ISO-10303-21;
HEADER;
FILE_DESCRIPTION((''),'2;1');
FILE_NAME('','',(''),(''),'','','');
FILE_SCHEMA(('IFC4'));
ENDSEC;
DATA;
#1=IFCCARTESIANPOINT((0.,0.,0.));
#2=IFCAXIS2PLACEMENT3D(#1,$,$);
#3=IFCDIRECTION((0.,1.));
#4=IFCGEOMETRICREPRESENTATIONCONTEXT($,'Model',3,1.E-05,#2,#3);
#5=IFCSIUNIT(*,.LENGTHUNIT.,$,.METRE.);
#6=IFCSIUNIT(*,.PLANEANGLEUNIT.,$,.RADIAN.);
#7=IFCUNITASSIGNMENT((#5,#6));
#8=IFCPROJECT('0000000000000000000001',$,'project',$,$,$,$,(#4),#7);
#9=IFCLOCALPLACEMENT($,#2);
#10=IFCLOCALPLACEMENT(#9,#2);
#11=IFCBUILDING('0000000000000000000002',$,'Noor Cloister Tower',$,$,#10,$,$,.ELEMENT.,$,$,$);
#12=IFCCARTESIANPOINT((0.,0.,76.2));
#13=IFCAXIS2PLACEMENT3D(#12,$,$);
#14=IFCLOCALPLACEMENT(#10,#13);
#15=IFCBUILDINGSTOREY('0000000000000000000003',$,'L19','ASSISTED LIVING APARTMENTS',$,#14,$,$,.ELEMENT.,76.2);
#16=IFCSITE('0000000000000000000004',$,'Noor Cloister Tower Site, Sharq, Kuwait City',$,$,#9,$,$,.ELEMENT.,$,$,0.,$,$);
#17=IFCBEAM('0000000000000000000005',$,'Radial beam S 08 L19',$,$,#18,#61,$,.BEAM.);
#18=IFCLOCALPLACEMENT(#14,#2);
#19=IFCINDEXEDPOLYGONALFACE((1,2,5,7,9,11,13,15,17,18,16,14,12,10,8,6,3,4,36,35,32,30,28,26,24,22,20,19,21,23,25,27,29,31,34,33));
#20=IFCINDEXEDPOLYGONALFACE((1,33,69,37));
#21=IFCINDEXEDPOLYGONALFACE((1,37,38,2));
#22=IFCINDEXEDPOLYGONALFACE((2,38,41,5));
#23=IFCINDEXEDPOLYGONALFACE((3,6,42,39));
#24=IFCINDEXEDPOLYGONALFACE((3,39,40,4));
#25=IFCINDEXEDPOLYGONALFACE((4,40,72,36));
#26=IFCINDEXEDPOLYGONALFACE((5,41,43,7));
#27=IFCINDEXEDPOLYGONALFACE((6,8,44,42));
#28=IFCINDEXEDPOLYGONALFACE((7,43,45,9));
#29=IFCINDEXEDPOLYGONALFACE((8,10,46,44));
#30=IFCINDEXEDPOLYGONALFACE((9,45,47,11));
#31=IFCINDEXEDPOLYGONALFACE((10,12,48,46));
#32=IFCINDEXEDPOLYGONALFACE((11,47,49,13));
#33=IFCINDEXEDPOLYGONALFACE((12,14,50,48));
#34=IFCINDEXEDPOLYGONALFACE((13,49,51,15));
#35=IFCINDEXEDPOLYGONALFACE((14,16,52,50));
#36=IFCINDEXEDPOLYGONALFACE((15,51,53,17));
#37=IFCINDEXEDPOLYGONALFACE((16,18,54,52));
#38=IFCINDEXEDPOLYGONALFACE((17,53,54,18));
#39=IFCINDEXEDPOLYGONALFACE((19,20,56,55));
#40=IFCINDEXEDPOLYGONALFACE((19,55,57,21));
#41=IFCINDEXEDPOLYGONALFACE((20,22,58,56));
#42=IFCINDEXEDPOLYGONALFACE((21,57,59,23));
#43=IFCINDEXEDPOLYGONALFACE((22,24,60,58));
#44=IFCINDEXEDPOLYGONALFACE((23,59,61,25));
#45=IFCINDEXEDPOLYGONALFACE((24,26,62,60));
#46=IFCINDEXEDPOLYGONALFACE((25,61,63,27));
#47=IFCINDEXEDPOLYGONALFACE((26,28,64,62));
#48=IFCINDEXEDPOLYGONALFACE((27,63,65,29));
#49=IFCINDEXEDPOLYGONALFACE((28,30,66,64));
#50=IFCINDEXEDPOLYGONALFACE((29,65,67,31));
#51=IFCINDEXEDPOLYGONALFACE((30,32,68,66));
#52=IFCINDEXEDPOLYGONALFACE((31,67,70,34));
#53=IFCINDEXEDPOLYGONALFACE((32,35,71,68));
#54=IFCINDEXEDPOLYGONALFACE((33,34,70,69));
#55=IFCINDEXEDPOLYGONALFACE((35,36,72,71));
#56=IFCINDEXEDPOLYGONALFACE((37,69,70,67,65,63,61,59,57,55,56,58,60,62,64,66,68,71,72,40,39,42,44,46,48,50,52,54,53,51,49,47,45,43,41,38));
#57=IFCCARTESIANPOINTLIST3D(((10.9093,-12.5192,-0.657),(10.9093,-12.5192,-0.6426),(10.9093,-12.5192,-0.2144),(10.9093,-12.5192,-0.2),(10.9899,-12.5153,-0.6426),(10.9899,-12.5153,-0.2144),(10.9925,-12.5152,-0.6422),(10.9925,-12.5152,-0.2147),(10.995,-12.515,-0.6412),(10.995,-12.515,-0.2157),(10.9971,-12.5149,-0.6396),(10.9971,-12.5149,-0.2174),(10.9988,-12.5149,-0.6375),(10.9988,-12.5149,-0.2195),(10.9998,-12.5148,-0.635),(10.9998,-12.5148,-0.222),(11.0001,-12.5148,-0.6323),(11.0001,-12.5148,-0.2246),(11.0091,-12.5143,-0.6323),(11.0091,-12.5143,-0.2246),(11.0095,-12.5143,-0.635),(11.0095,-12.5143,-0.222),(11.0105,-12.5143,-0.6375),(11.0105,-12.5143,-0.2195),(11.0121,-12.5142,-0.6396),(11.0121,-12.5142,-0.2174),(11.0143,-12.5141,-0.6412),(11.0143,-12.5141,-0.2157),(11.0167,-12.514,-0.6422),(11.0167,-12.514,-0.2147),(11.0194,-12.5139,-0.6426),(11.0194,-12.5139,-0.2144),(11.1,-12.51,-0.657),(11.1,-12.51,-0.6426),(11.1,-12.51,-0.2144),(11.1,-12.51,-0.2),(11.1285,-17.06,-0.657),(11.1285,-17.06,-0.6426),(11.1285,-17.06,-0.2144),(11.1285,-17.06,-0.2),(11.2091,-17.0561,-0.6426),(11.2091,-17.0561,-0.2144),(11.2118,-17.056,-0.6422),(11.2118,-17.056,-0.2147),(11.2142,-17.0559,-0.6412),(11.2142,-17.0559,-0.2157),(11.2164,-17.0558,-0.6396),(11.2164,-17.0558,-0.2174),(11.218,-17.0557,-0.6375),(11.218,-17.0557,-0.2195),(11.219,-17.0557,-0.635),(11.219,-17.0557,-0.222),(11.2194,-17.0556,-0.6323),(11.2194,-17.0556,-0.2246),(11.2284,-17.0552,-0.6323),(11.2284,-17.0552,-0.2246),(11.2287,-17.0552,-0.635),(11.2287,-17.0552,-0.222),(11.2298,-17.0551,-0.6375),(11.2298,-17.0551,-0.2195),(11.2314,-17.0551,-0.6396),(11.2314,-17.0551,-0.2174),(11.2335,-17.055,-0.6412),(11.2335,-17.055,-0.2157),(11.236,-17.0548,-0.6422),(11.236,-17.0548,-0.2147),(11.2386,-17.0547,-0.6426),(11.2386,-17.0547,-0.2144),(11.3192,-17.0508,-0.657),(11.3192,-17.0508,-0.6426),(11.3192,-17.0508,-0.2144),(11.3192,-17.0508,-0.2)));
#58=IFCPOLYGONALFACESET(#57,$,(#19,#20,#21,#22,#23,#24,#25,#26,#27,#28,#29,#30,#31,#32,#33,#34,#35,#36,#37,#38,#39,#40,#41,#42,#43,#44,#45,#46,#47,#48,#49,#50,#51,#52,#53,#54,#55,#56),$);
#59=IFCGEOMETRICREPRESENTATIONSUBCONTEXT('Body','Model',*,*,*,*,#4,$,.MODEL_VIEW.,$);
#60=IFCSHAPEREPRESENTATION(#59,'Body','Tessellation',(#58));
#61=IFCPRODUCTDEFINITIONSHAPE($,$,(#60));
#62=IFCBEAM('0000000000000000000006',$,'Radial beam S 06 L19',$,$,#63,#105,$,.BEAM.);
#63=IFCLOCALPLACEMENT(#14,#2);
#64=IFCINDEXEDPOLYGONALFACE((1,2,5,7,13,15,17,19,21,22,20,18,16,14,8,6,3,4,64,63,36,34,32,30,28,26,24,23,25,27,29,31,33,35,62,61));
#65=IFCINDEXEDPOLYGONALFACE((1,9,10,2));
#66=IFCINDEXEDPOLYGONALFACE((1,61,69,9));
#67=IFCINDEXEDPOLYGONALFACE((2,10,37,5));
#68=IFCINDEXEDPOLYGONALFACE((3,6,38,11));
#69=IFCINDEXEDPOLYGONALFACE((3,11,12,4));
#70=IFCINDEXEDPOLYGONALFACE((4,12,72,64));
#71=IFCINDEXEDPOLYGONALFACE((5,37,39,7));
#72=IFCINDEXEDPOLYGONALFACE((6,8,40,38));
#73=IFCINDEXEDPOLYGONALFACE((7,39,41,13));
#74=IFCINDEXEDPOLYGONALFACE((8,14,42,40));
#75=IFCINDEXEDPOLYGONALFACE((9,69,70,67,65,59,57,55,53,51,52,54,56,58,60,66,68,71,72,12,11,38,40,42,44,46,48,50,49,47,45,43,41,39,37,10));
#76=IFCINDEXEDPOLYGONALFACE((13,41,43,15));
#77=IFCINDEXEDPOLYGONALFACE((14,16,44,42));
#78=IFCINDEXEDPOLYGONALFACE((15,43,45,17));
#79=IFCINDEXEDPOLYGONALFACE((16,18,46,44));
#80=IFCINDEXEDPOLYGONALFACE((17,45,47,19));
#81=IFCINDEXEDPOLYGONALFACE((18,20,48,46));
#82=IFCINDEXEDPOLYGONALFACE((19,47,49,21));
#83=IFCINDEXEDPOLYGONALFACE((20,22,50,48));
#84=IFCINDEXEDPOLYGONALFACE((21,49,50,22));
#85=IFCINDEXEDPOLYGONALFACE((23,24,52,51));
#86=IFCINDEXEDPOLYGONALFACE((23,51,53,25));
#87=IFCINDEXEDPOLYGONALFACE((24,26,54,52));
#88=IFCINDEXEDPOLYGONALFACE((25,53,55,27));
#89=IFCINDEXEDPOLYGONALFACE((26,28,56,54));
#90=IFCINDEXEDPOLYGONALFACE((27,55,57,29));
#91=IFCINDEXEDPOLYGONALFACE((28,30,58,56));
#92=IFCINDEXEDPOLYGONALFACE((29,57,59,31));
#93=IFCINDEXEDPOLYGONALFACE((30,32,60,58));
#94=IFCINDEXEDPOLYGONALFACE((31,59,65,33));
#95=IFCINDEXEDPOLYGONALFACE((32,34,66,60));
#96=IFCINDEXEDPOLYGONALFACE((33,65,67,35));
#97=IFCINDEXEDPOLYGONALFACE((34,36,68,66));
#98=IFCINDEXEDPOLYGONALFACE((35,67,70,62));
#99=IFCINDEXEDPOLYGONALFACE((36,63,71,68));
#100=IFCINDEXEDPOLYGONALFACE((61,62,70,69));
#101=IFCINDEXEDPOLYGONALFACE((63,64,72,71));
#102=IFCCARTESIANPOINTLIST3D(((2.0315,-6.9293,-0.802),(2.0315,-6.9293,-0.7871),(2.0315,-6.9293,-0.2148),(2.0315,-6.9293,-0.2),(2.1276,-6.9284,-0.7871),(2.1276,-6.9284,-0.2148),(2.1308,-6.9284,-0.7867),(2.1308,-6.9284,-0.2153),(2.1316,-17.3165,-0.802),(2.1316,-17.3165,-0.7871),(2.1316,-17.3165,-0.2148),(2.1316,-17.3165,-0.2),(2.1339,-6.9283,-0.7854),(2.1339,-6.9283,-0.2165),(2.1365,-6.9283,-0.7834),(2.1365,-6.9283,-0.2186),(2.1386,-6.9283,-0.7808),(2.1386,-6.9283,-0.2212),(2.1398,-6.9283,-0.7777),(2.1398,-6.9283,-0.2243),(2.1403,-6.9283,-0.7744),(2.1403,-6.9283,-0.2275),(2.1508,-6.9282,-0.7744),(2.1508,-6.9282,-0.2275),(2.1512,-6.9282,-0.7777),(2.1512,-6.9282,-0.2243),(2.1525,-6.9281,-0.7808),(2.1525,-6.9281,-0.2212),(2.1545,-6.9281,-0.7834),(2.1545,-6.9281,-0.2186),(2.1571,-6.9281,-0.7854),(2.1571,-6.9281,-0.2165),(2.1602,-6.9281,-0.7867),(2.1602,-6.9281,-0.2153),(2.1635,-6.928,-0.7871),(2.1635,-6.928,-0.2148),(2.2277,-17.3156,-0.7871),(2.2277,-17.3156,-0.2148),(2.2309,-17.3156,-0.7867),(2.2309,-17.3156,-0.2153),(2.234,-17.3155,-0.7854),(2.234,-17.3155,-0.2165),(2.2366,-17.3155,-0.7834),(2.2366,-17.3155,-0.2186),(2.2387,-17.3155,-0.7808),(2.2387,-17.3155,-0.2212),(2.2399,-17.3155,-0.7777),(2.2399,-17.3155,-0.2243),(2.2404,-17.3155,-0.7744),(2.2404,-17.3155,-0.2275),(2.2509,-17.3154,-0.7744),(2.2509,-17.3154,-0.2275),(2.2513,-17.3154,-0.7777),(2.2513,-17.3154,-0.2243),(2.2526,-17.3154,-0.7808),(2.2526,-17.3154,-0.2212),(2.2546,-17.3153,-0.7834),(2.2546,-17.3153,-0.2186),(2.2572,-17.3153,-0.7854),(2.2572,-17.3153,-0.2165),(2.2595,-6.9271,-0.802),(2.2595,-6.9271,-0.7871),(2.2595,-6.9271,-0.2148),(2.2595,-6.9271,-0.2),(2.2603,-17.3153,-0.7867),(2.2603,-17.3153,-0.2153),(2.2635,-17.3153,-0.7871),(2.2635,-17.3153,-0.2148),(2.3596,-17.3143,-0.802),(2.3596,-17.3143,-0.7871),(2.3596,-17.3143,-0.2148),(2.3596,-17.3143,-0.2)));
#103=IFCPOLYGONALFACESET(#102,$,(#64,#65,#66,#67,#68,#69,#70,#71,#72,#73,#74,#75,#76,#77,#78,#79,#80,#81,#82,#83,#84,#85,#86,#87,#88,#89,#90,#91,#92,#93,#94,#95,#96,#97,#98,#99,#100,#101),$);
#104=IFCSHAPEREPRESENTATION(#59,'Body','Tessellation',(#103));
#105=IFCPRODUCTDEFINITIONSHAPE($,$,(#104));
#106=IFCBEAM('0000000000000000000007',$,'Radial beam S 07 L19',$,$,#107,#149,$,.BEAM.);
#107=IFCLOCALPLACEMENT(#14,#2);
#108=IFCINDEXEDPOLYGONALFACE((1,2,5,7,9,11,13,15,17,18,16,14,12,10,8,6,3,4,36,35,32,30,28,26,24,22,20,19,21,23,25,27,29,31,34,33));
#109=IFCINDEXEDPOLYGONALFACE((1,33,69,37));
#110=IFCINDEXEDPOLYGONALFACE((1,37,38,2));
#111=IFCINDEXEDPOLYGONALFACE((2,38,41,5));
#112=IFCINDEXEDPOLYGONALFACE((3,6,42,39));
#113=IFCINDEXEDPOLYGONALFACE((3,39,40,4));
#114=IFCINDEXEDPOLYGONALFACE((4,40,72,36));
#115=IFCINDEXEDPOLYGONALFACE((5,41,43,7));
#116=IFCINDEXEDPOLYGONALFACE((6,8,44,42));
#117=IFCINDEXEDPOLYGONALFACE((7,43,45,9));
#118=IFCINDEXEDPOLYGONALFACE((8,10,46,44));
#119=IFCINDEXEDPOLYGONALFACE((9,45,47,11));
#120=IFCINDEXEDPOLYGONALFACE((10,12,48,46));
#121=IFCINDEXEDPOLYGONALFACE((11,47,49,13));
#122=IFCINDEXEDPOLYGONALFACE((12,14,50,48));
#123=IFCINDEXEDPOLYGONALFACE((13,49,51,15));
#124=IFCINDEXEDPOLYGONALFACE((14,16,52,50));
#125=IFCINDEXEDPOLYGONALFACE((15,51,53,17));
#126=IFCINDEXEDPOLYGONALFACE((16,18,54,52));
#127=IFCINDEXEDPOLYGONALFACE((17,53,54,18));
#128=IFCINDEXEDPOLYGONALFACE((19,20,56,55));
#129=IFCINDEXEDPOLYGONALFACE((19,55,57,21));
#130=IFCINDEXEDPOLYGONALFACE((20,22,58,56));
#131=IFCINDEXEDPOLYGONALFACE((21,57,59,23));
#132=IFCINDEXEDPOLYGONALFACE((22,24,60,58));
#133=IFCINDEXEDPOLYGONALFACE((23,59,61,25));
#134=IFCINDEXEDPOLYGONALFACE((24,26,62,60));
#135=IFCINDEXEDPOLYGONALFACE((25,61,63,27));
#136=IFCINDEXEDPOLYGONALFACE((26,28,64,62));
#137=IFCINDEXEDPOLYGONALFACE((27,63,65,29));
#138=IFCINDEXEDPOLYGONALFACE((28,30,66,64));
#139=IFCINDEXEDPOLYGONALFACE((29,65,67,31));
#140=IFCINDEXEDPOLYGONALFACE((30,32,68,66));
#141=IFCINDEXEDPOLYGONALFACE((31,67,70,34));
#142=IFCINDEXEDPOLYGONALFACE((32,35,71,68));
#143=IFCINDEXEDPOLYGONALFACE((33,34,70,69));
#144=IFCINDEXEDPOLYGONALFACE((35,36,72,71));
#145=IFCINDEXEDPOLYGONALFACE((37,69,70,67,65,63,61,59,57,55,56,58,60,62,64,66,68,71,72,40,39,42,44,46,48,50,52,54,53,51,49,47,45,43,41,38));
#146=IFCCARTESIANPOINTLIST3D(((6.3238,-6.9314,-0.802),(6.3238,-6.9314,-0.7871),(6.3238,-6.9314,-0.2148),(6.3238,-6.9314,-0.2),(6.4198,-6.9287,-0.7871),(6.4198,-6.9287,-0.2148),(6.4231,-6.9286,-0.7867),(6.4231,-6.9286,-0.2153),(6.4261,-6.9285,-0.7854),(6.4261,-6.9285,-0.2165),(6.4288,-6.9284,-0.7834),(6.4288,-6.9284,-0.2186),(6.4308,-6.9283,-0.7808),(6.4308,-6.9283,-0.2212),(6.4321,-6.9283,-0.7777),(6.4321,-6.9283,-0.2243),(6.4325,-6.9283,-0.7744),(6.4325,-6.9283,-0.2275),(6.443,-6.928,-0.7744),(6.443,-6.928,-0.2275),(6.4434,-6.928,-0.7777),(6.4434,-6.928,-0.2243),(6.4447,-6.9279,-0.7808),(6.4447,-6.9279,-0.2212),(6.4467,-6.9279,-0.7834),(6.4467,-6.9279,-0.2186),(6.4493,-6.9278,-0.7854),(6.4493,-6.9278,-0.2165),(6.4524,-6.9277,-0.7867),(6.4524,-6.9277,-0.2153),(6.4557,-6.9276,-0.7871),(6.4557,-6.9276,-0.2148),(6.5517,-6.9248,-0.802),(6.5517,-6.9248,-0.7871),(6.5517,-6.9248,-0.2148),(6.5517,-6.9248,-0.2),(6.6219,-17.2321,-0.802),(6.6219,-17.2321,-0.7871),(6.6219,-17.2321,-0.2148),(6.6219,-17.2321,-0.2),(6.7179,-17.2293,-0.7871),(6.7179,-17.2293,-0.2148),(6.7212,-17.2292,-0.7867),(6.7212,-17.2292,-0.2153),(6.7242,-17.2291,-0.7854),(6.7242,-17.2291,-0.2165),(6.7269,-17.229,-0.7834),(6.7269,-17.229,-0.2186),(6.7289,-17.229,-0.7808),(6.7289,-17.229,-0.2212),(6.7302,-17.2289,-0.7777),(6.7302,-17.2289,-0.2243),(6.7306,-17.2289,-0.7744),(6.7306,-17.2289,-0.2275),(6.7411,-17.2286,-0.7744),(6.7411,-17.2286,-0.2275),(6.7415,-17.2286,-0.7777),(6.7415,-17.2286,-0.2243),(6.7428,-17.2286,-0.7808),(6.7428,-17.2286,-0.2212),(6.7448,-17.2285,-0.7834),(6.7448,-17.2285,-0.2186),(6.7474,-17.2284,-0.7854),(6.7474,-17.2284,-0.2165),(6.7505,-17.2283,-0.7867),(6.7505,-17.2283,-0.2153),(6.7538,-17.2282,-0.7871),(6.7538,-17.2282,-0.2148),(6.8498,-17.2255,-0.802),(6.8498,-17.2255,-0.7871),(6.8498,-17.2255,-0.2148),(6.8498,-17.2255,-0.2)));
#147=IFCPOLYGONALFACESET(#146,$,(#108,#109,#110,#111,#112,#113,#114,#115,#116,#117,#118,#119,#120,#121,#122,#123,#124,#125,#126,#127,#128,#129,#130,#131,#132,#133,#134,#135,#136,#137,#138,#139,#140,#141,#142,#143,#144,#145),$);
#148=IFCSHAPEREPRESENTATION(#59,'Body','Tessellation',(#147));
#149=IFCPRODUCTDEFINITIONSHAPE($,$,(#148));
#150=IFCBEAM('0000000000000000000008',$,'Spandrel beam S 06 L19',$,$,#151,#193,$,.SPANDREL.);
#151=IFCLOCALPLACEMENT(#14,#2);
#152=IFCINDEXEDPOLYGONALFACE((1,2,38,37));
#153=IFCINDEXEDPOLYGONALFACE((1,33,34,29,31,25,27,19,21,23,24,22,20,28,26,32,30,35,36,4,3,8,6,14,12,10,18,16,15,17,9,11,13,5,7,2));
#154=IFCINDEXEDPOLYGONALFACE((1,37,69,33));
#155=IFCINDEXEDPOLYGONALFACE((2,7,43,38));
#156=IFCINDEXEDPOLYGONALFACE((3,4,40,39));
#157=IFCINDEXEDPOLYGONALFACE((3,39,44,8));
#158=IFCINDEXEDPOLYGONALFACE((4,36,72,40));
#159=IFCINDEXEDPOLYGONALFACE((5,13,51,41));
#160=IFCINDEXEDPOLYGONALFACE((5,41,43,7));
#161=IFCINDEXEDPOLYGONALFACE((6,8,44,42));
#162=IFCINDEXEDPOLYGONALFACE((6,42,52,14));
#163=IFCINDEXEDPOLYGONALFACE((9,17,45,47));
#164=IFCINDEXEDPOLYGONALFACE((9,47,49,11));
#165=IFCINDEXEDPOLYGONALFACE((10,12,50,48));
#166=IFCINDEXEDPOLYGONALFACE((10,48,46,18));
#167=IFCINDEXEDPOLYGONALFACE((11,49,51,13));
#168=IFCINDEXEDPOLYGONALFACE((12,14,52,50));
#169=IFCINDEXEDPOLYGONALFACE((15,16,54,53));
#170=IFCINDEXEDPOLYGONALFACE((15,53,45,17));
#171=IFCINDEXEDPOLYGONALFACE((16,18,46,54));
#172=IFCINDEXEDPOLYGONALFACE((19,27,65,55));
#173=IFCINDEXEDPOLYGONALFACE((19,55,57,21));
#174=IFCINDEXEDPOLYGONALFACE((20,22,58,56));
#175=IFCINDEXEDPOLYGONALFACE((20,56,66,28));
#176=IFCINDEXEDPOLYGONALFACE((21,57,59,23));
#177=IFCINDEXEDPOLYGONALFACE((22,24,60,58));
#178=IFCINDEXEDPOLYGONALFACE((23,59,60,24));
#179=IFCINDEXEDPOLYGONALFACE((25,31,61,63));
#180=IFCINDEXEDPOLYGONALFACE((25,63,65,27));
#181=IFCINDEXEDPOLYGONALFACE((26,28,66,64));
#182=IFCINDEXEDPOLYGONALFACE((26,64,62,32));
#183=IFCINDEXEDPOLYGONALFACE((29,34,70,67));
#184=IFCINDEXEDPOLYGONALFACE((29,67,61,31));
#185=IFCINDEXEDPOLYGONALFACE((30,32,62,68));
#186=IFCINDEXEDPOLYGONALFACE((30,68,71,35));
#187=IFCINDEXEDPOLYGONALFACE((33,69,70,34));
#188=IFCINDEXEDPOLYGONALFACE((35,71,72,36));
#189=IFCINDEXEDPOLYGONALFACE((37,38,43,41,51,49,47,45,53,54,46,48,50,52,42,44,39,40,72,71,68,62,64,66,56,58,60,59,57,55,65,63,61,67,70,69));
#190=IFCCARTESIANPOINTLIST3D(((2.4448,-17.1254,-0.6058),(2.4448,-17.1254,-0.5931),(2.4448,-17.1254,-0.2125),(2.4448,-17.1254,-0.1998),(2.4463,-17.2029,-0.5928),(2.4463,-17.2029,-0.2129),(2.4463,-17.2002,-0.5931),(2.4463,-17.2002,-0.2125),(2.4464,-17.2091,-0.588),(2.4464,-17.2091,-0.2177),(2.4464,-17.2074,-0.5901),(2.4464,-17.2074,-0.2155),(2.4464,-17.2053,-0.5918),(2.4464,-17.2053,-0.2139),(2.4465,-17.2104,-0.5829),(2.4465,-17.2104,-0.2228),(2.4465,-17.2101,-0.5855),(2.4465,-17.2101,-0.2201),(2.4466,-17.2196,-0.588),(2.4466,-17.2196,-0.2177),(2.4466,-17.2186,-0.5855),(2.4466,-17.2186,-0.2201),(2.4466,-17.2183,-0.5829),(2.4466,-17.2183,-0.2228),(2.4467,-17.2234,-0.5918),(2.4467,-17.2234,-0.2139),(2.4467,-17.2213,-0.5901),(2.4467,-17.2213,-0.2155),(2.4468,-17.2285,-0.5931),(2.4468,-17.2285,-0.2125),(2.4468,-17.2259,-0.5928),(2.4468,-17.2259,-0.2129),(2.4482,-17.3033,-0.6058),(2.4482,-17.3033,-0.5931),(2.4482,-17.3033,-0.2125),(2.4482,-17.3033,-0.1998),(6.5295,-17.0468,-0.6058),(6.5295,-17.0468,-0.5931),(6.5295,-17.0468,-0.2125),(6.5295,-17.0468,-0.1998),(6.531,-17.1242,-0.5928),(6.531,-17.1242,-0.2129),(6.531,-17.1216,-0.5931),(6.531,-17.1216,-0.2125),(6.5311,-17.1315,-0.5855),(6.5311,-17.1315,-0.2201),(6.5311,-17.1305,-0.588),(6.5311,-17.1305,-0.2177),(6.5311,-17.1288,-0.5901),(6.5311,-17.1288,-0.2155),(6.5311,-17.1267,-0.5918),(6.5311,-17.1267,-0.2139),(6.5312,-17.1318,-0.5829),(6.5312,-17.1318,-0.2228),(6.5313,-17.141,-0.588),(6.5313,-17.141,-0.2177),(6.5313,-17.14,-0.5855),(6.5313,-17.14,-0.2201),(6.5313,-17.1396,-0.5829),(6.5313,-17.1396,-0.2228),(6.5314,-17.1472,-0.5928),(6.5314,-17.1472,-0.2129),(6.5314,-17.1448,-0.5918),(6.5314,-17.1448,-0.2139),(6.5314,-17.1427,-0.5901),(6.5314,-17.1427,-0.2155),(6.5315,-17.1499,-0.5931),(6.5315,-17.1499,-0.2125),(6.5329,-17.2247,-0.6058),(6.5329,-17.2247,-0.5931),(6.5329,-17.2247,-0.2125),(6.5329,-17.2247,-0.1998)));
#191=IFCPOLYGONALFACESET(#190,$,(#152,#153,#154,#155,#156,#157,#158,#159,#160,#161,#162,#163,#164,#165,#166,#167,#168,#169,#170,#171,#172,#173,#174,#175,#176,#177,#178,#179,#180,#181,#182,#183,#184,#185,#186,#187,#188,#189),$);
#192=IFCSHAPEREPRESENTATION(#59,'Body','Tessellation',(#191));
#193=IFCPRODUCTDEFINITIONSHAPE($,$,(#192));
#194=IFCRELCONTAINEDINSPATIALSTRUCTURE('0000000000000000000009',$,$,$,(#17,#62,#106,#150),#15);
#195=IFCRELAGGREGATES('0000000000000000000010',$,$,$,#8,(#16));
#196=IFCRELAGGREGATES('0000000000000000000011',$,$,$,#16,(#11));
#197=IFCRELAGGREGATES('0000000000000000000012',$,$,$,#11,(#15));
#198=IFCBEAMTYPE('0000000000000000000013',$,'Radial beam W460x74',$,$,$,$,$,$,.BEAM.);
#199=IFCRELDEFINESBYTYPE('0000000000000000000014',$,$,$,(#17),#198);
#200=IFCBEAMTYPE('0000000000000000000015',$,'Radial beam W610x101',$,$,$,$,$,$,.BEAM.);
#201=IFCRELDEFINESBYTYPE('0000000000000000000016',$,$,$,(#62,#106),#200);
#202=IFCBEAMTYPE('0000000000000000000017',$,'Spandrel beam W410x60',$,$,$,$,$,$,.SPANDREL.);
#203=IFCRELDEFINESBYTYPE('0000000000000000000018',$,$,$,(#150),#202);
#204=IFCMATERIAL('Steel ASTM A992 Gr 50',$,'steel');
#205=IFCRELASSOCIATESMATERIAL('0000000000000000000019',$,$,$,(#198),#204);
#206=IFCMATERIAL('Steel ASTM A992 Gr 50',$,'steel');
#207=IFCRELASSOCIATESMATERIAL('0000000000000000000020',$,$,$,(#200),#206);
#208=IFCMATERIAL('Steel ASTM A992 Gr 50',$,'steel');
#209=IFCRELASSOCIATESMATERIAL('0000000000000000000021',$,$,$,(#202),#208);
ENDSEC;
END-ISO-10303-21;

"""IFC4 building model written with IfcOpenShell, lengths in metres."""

from ifc_helpers import new_model, si_unit, direction, frame, origin, origin_2d, place, context, subcontext, project, spatial, i_section, extrude, material, material_profile, profile_set, type_object, element, save


model = new_model("IFC4")

# Units and contexts
model_context = context("Model", 3, precision=1e-05, world=origin(), true_north=direction((0.0, 1.0)))
body_context = subcontext(model_context, "Body", "Model", "MODEL_VIEW")
ifc_project = project(units=[si_unit("LENGTHUNIT", "METRE"), si_unit("PLANEANGLEUNIT", "RADIAN")], contexts=[model_context])

# Site, building, storey
site_placement = place(None, origin())
site = spatial("IfcSite", under=ifc_project, at=site_placement, Name="Noor Cloister Tower Site, Sharq, Kuwait City", CompositionType="ELEMENT", RefElevation=0.0)
building_placement = place(site_placement, origin())
building = spatial("IfcBuilding", under=site, at=building_placement, Name="Noor Cloister Tower", CompositionType="ELEMENT")
storey_placement = place(building_placement, frame((0.0, 0.0, 76.2)))
storey = spatial("IfcBuildingStorey", under=building, at=storey_placement, Name="L19", Description="ASSISTED LIVING APARTMENTS", CompositionType="ELEMENT", Elevation=76.2)

# Beams
ifc_material_1 = material(Name="Steel ASTM A992 Gr 50", Category="steel")
ifc_material_profile_1 = material_profile(ifc_material_1, i_section(OverallWidth=0.1909, OverallDepth=0.457, WebThickness=0.009, FlangeThickness=0.0144, FilletRadius=0.0103, at=origin_2d()), Name="W460x74")
ifc_profile_set_1 = profile_set([ifc_material_profile_1], Name="Steel ASTM A992 Gr 50")
beam_type_1 = type_object("IfcBeamType", Name="Radial beam W460x74", PredefinedType="BEAM", material=ifc_profile_set_1)
beam_1_placement = place(storey_placement, frame((11.2239, -17.0554, -0.4285), z_axis=(-0.048226, 0.998836, 0.0), x_axis=(-0.998836, -0.048226, 0.0)))
element("IfcBeam", 1, at=beam_1_placement, inside=storey, type_object=beam_type_1, Name="Radial beam S 08 L19", PredefinedType="BEAM", context=body_context, shape_type="SweptSolid", body=[
    extrude(i_section(OverallWidth=0.1909, OverallDepth=0.457, WebThickness=0.009, FlangeThickness=0.0144, FilletRadius=0.0103, at=origin_2d()), origin(), (0.0, 0.0, 1.0), 4.5461),
])
ifc_material_2 = material(Name="Steel ASTM A992 Gr 50", Category="steel")
ifc_material_profile_2 = material_profile(ifc_material_2, i_section(OverallWidth=0.228, OverallDepth=0.6021, WebThickness=0.0105, FlangeThickness=0.0149, FilletRadius=0.0127, at=origin_2d()), Name="W610x101")
ifc_profile_set_2 = profile_set([ifc_material_profile_2], Name="Steel ASTM A992 Gr 50")
beam_type_2 = type_object("IfcBeamType", Name="Radial beam W610x101", PredefinedType="BEAM", material=ifc_profile_set_2)
beam_2_placement = place(storey_placement, frame((2.2456, -17.3154, -0.501), z_axis=(-0.009636, 0.999954, 0.0), x_axis=(-0.999954, -0.009636, 0.0)))
element("IfcBeam", 2, at=beam_2_placement, inside=storey, type_object=beam_type_2, Name="Radial beam S 06 L19", PredefinedType="BEAM", context=body_context, shape_type="SweptSolid", body=[
    extrude(i_section(OverallWidth=0.228, OverallDepth=0.6021, WebThickness=0.0105, FlangeThickness=0.0149, FilletRadius=0.0127, at=origin_2d()), origin(), (0.0, 0.0, 1.0), 10.3877),
])
beam_3_placement = place(storey_placement, frame((6.7358, -17.2288, -0.501), z_axis=(-0.028928, 0.999582, 0.0), x_axis=(-0.999582, -0.028928, 0.0)))
element("IfcBeam", 3, at=beam_3_placement, inside=storey, type_object=beam_type_2, Name="Radial beam S 07 L19", PredefinedType="BEAM", context=body_context, shape_type="SweptSolid", body=[
    extrude(i_section(OverallWidth=0.228, OverallDepth=0.6021, WebThickness=0.0105, FlangeThickness=0.0149, FilletRadius=0.0127, at=origin_2d()), origin(), (0.0, 0.0, 1.0), 10.3049),
])
ifc_material_3 = material(Name="Steel ASTM A992 Gr 50", Category="steel")
ifc_material_profile_3 = material_profile(ifc_material_3, i_section(OverallWidth=0.178, OverallDepth=0.406, WebThickness=0.0078, FlangeThickness=0.0127, FilletRadius=0.0103, at=origin_2d()), Name="W410x60")
ifc_profile_set_3 = profile_set([ifc_material_profile_3], Name="Steel ASTM A992 Gr 50")
beam_type_3 = type_object("IfcBeamType", Name="Spandrel beam W410x60", PredefinedType="SPANDREL", material=ifc_profile_set_3)
beam_4_placement = place(storey_placement, frame((2.4465, -17.2144, -0.4028), z_axis=(0.999815, 0.019242, 0.0), x_axis=(-0.019242, 0.999815, 0.0)))
element("IfcBeam", 4, at=beam_4_placement, inside=storey, type_object=beam_type_3, Name="Spandrel beam S 06 L19", PredefinedType="SPANDREL", context=body_context, shape_type="SweptSolid", body=[
    extrude(i_section(OverallWidth=0.178, OverallDepth=0.406, WebThickness=0.0078, FlangeThickness=0.0127, FilletRadius=0.0103, at=origin_2d()), origin(), (0.0, 0.0, 1.0), 4.0854),
])

save(model, "model.ifc")
